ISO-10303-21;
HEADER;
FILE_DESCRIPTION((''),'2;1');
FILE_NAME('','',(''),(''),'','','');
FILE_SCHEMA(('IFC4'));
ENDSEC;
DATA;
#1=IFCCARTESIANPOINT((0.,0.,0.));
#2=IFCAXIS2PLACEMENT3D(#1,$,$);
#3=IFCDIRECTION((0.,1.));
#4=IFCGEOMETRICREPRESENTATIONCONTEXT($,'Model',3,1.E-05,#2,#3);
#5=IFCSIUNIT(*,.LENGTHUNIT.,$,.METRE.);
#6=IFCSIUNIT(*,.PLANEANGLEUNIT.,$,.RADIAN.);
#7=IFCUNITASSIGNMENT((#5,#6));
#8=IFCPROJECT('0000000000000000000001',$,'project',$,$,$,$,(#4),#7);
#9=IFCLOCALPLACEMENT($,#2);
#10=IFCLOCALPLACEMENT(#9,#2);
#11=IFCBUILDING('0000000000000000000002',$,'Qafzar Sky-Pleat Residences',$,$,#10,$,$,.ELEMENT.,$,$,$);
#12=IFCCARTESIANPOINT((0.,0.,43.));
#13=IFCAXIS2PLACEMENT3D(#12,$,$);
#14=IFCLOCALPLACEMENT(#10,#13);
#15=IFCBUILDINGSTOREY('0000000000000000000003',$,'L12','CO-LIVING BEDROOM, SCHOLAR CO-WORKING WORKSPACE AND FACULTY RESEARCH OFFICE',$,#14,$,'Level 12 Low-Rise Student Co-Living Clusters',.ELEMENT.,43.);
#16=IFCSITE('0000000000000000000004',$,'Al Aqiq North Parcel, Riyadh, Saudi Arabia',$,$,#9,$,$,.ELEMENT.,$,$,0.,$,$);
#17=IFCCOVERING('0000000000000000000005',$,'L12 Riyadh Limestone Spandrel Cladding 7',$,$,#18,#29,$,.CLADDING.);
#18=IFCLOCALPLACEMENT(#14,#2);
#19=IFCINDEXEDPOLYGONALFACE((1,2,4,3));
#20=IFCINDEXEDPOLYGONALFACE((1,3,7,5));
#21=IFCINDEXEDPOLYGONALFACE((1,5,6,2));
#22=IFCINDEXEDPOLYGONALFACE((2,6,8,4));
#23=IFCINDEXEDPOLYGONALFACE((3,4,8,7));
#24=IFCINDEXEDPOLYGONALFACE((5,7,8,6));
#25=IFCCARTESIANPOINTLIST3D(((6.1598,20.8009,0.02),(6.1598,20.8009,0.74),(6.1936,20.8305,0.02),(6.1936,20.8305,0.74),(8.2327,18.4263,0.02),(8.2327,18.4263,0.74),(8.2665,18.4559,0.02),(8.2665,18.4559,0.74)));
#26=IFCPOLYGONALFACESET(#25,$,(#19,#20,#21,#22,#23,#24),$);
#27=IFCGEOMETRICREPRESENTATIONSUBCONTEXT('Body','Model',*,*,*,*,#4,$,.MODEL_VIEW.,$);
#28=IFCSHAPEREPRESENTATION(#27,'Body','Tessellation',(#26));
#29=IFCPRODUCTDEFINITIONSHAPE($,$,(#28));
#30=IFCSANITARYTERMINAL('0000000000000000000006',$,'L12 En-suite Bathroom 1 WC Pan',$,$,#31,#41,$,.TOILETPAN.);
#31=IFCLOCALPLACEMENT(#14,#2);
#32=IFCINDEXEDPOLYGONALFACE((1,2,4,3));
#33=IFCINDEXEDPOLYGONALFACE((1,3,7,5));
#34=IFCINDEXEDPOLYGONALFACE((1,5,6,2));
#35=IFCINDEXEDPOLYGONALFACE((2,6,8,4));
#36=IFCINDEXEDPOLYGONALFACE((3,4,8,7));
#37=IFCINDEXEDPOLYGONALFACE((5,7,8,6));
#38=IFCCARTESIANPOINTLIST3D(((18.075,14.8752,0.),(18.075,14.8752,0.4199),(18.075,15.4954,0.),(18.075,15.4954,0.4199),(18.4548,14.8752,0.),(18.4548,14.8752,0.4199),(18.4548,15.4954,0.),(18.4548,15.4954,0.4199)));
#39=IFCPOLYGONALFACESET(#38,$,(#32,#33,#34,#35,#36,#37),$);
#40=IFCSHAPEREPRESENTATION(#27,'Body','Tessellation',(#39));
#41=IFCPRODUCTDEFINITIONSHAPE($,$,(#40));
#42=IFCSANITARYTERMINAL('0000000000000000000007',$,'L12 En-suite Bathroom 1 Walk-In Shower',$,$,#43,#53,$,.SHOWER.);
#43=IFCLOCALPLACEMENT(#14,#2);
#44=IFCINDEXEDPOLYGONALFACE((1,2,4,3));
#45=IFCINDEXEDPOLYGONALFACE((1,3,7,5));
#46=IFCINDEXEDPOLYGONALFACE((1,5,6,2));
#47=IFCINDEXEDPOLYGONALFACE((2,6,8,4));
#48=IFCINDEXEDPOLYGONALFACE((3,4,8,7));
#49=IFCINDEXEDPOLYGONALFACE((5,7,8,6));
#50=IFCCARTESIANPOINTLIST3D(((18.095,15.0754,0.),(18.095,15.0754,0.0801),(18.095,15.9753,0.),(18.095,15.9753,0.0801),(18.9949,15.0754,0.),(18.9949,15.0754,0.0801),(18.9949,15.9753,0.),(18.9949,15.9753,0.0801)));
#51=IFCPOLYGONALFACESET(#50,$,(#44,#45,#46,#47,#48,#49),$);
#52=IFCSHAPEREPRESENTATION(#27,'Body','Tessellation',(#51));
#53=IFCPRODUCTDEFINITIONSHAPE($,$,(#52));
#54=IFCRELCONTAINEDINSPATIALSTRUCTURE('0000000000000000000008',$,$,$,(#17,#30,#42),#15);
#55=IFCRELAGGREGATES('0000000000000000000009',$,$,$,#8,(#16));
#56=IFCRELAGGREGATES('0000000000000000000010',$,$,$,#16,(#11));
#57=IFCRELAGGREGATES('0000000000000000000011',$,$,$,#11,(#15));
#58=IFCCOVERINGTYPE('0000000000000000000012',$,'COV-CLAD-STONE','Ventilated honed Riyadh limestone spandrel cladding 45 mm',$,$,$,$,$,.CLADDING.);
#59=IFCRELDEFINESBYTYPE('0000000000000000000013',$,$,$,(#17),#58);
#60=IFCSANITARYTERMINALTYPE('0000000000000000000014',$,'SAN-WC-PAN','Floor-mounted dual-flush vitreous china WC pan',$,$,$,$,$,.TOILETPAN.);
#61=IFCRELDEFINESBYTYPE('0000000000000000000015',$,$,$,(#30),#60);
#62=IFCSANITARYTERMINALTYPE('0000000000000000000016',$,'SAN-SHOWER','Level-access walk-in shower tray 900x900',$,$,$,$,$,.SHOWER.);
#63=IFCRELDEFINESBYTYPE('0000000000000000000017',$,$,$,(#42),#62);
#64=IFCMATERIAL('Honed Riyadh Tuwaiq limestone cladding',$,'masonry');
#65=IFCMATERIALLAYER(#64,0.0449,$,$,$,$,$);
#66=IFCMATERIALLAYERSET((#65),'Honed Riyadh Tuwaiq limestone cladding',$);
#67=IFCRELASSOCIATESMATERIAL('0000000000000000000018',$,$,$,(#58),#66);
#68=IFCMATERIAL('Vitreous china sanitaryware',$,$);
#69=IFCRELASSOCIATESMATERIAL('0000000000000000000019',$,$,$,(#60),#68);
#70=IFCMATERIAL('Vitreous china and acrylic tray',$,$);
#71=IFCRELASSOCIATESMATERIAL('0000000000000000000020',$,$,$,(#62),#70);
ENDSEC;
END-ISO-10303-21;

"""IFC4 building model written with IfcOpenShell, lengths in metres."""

from ifc_helpers import new_model, si_unit, direction, frame, origin, origin_2d, place, context, subcontext, project, spatial, rectangle, extrude, source, transform, mapped, material, layer, layer_set, type_object, element, save


model = new_model("IFC4")

# Units and contexts
model_context = context("Model", 3, precision=1e-05, world=origin(), true_north=direction((0.0, 1.0)))
body_context = subcontext(model_context, "Body", "Model", "MODEL_VIEW")
ifc_project = project(units=[si_unit("LENGTHUNIT", "METRE"), si_unit("PLANEANGLEUNIT", "RADIAN")], contexts=[model_context])

# Site, building, storey
site_placement = place(None, origin())
site = spatial("IfcSite", under=ifc_project, at=site_placement, Name="Al Aqiq North Parcel, Riyadh, Saudi Arabia", CompositionType="ELEMENT", RefElevation=0.0)
building_placement = place(site_placement, origin())
building = spatial("IfcBuilding", under=site, at=building_placement, Name="Qafzar Sky-Pleat Residences", CompositionType="ELEMENT")
storey_placement = place(building_placement, frame((0.0, 0.0, 43.0)))
storey = spatial("IfcBuildingStorey", under=building, at=storey_placement, Name="L12", Description="CO-LIVING BEDROOM, SCHOLAR CO-WORKING WORKSPACE AND FACULTY RESEARCH OFFICE", LongName="Level 12 Low-Rise Student Co-Living Clusters", CompositionType="ELEMENT", Elevation=43.0)

# Covering
ifc_material_1 = material(Name="Honed Riyadh Tuwaiq limestone cladding", Category="masonry")
ifc_layer_1 = layer(ifc_material_1, 0.0449)
ifc_layer_set_1 = layer_set([ifc_layer_1], Name="Honed Riyadh Tuwaiq limestone cladding")
covering_type = type_object("IfcCoveringType", Name="COV-CLAD-STONE", Description="Ventilated honed Riyadh limestone spandrel cladding 45 mm", PredefinedType="CLADDING", material=ifc_layer_set_1)
shared_shape_1 = source(origin(), body_context, "Body", "SweptSolid", [
    extrude(rectangle(XDim=3.1521, YDim=0.0449, at=origin_2d()), origin(), (0.0, 0.0, 1.0), 0.72),
])
covering_placement = place(storey_placement, frame((7.2131, 19.6284, 0.02), z_axis=(0.0, 0.0, 1.0), x_axis=(0.657633, -0.753338, 0.0)))
element("IfcCovering", 1, at=covering_placement, inside=storey, type_object=covering_type, Name="L12 Riyadh Limestone Spandrel Cladding 7", PredefinedType="CLADDING", context=body_context, shape_type="MappedRepresentation", body=[
    mapped(shared_shape_1, transform((0.0, 0.0, 0.0), x_axis=(1.0, 0.0, 0.0), y_axis=(0.0, 1.0, 0.0), z_axis=(0.0, 0.0, 1.0), scale=1.0)),
])

# Sanitary terminals
ifc_material_2 = material(Name="Vitreous china sanitaryware")
sanitary_terminal_type_1 = type_object("IfcSanitaryTerminalType", Name="SAN-WC-PAN", Description="Floor-mounted dual-flush vitreous china WC pan", PredefinedType="TOILETPAN", material=ifc_material_2)
shared_shape_2 = source(origin(), body_context, "Body", "SweptSolid", [
    extrude(rectangle(XDim=0.3799, YDim=0.6201, at=origin_2d()), origin(), (0.0, 0.0, 1.0), 0.4199),
])
sanitary_terminal_1_placement = place(storey_placement, frame((18.2649, 15.1853, 0.0), z_axis=(0.0, 0.0, 1.0), x_axis=(1.0, 0.0, 0.0)))
element("IfcSanitaryTerminal", 2, at=sanitary_terminal_1_placement, inside=storey, type_object=sanitary_terminal_type_1, Name="L12 En-suite Bathroom 1 WC Pan", PredefinedType="TOILETPAN", context=body_context, shape_type="MappedRepresentation", body=[
    mapped(shared_shape_2, transform((0.0, 0.0, 0.0), x_axis=(1.0, 0.0, 0.0), y_axis=(0.0, 1.0, 0.0), z_axis=(0.0, 0.0, 1.0), scale=1.0)),
])
ifc_material_3 = material(Name="Vitreous china and acrylic tray")
sanitary_terminal_type_2 = type_object("IfcSanitaryTerminalType", Name="SAN-SHOWER", Description="Level-access walk-in shower tray 900x900", PredefinedType="SHOWER", material=ifc_material_3)
shared_shape_3 = source(origin(), body_context, "Body", "SweptSolid", [
    extrude(rectangle(XDim=0.8999, YDim=0.8999, at=origin_2d()), origin(), (0.0, 0.0, 1.0), 0.0801),
])
sanitary_terminal_2_placement = place(storey_placement, frame((18.5449, 15.5254, 0.0), z_axis=(0.0, 0.0, 1.0), x_axis=(1.0, 0.0, 0.0)))
element("IfcSanitaryTerminal", 3, at=sanitary_terminal_2_placement, inside=storey, type_object=sanitary_terminal_type_2, Name="L12 En-suite Bathroom 1 Walk-In Shower", PredefinedType="SHOWER", context=body_context, shape_type="MappedRepresentation", body=[
    mapped(shared_shape_3, transform((0.0, 0.0, 0.0), x_axis=(1.0, 0.0, 0.0), y_axis=(0.0, 1.0, 0.0), z_axis=(0.0, 0.0, 1.0), scale=1.0)),
])

save(model, "model.ifc")
